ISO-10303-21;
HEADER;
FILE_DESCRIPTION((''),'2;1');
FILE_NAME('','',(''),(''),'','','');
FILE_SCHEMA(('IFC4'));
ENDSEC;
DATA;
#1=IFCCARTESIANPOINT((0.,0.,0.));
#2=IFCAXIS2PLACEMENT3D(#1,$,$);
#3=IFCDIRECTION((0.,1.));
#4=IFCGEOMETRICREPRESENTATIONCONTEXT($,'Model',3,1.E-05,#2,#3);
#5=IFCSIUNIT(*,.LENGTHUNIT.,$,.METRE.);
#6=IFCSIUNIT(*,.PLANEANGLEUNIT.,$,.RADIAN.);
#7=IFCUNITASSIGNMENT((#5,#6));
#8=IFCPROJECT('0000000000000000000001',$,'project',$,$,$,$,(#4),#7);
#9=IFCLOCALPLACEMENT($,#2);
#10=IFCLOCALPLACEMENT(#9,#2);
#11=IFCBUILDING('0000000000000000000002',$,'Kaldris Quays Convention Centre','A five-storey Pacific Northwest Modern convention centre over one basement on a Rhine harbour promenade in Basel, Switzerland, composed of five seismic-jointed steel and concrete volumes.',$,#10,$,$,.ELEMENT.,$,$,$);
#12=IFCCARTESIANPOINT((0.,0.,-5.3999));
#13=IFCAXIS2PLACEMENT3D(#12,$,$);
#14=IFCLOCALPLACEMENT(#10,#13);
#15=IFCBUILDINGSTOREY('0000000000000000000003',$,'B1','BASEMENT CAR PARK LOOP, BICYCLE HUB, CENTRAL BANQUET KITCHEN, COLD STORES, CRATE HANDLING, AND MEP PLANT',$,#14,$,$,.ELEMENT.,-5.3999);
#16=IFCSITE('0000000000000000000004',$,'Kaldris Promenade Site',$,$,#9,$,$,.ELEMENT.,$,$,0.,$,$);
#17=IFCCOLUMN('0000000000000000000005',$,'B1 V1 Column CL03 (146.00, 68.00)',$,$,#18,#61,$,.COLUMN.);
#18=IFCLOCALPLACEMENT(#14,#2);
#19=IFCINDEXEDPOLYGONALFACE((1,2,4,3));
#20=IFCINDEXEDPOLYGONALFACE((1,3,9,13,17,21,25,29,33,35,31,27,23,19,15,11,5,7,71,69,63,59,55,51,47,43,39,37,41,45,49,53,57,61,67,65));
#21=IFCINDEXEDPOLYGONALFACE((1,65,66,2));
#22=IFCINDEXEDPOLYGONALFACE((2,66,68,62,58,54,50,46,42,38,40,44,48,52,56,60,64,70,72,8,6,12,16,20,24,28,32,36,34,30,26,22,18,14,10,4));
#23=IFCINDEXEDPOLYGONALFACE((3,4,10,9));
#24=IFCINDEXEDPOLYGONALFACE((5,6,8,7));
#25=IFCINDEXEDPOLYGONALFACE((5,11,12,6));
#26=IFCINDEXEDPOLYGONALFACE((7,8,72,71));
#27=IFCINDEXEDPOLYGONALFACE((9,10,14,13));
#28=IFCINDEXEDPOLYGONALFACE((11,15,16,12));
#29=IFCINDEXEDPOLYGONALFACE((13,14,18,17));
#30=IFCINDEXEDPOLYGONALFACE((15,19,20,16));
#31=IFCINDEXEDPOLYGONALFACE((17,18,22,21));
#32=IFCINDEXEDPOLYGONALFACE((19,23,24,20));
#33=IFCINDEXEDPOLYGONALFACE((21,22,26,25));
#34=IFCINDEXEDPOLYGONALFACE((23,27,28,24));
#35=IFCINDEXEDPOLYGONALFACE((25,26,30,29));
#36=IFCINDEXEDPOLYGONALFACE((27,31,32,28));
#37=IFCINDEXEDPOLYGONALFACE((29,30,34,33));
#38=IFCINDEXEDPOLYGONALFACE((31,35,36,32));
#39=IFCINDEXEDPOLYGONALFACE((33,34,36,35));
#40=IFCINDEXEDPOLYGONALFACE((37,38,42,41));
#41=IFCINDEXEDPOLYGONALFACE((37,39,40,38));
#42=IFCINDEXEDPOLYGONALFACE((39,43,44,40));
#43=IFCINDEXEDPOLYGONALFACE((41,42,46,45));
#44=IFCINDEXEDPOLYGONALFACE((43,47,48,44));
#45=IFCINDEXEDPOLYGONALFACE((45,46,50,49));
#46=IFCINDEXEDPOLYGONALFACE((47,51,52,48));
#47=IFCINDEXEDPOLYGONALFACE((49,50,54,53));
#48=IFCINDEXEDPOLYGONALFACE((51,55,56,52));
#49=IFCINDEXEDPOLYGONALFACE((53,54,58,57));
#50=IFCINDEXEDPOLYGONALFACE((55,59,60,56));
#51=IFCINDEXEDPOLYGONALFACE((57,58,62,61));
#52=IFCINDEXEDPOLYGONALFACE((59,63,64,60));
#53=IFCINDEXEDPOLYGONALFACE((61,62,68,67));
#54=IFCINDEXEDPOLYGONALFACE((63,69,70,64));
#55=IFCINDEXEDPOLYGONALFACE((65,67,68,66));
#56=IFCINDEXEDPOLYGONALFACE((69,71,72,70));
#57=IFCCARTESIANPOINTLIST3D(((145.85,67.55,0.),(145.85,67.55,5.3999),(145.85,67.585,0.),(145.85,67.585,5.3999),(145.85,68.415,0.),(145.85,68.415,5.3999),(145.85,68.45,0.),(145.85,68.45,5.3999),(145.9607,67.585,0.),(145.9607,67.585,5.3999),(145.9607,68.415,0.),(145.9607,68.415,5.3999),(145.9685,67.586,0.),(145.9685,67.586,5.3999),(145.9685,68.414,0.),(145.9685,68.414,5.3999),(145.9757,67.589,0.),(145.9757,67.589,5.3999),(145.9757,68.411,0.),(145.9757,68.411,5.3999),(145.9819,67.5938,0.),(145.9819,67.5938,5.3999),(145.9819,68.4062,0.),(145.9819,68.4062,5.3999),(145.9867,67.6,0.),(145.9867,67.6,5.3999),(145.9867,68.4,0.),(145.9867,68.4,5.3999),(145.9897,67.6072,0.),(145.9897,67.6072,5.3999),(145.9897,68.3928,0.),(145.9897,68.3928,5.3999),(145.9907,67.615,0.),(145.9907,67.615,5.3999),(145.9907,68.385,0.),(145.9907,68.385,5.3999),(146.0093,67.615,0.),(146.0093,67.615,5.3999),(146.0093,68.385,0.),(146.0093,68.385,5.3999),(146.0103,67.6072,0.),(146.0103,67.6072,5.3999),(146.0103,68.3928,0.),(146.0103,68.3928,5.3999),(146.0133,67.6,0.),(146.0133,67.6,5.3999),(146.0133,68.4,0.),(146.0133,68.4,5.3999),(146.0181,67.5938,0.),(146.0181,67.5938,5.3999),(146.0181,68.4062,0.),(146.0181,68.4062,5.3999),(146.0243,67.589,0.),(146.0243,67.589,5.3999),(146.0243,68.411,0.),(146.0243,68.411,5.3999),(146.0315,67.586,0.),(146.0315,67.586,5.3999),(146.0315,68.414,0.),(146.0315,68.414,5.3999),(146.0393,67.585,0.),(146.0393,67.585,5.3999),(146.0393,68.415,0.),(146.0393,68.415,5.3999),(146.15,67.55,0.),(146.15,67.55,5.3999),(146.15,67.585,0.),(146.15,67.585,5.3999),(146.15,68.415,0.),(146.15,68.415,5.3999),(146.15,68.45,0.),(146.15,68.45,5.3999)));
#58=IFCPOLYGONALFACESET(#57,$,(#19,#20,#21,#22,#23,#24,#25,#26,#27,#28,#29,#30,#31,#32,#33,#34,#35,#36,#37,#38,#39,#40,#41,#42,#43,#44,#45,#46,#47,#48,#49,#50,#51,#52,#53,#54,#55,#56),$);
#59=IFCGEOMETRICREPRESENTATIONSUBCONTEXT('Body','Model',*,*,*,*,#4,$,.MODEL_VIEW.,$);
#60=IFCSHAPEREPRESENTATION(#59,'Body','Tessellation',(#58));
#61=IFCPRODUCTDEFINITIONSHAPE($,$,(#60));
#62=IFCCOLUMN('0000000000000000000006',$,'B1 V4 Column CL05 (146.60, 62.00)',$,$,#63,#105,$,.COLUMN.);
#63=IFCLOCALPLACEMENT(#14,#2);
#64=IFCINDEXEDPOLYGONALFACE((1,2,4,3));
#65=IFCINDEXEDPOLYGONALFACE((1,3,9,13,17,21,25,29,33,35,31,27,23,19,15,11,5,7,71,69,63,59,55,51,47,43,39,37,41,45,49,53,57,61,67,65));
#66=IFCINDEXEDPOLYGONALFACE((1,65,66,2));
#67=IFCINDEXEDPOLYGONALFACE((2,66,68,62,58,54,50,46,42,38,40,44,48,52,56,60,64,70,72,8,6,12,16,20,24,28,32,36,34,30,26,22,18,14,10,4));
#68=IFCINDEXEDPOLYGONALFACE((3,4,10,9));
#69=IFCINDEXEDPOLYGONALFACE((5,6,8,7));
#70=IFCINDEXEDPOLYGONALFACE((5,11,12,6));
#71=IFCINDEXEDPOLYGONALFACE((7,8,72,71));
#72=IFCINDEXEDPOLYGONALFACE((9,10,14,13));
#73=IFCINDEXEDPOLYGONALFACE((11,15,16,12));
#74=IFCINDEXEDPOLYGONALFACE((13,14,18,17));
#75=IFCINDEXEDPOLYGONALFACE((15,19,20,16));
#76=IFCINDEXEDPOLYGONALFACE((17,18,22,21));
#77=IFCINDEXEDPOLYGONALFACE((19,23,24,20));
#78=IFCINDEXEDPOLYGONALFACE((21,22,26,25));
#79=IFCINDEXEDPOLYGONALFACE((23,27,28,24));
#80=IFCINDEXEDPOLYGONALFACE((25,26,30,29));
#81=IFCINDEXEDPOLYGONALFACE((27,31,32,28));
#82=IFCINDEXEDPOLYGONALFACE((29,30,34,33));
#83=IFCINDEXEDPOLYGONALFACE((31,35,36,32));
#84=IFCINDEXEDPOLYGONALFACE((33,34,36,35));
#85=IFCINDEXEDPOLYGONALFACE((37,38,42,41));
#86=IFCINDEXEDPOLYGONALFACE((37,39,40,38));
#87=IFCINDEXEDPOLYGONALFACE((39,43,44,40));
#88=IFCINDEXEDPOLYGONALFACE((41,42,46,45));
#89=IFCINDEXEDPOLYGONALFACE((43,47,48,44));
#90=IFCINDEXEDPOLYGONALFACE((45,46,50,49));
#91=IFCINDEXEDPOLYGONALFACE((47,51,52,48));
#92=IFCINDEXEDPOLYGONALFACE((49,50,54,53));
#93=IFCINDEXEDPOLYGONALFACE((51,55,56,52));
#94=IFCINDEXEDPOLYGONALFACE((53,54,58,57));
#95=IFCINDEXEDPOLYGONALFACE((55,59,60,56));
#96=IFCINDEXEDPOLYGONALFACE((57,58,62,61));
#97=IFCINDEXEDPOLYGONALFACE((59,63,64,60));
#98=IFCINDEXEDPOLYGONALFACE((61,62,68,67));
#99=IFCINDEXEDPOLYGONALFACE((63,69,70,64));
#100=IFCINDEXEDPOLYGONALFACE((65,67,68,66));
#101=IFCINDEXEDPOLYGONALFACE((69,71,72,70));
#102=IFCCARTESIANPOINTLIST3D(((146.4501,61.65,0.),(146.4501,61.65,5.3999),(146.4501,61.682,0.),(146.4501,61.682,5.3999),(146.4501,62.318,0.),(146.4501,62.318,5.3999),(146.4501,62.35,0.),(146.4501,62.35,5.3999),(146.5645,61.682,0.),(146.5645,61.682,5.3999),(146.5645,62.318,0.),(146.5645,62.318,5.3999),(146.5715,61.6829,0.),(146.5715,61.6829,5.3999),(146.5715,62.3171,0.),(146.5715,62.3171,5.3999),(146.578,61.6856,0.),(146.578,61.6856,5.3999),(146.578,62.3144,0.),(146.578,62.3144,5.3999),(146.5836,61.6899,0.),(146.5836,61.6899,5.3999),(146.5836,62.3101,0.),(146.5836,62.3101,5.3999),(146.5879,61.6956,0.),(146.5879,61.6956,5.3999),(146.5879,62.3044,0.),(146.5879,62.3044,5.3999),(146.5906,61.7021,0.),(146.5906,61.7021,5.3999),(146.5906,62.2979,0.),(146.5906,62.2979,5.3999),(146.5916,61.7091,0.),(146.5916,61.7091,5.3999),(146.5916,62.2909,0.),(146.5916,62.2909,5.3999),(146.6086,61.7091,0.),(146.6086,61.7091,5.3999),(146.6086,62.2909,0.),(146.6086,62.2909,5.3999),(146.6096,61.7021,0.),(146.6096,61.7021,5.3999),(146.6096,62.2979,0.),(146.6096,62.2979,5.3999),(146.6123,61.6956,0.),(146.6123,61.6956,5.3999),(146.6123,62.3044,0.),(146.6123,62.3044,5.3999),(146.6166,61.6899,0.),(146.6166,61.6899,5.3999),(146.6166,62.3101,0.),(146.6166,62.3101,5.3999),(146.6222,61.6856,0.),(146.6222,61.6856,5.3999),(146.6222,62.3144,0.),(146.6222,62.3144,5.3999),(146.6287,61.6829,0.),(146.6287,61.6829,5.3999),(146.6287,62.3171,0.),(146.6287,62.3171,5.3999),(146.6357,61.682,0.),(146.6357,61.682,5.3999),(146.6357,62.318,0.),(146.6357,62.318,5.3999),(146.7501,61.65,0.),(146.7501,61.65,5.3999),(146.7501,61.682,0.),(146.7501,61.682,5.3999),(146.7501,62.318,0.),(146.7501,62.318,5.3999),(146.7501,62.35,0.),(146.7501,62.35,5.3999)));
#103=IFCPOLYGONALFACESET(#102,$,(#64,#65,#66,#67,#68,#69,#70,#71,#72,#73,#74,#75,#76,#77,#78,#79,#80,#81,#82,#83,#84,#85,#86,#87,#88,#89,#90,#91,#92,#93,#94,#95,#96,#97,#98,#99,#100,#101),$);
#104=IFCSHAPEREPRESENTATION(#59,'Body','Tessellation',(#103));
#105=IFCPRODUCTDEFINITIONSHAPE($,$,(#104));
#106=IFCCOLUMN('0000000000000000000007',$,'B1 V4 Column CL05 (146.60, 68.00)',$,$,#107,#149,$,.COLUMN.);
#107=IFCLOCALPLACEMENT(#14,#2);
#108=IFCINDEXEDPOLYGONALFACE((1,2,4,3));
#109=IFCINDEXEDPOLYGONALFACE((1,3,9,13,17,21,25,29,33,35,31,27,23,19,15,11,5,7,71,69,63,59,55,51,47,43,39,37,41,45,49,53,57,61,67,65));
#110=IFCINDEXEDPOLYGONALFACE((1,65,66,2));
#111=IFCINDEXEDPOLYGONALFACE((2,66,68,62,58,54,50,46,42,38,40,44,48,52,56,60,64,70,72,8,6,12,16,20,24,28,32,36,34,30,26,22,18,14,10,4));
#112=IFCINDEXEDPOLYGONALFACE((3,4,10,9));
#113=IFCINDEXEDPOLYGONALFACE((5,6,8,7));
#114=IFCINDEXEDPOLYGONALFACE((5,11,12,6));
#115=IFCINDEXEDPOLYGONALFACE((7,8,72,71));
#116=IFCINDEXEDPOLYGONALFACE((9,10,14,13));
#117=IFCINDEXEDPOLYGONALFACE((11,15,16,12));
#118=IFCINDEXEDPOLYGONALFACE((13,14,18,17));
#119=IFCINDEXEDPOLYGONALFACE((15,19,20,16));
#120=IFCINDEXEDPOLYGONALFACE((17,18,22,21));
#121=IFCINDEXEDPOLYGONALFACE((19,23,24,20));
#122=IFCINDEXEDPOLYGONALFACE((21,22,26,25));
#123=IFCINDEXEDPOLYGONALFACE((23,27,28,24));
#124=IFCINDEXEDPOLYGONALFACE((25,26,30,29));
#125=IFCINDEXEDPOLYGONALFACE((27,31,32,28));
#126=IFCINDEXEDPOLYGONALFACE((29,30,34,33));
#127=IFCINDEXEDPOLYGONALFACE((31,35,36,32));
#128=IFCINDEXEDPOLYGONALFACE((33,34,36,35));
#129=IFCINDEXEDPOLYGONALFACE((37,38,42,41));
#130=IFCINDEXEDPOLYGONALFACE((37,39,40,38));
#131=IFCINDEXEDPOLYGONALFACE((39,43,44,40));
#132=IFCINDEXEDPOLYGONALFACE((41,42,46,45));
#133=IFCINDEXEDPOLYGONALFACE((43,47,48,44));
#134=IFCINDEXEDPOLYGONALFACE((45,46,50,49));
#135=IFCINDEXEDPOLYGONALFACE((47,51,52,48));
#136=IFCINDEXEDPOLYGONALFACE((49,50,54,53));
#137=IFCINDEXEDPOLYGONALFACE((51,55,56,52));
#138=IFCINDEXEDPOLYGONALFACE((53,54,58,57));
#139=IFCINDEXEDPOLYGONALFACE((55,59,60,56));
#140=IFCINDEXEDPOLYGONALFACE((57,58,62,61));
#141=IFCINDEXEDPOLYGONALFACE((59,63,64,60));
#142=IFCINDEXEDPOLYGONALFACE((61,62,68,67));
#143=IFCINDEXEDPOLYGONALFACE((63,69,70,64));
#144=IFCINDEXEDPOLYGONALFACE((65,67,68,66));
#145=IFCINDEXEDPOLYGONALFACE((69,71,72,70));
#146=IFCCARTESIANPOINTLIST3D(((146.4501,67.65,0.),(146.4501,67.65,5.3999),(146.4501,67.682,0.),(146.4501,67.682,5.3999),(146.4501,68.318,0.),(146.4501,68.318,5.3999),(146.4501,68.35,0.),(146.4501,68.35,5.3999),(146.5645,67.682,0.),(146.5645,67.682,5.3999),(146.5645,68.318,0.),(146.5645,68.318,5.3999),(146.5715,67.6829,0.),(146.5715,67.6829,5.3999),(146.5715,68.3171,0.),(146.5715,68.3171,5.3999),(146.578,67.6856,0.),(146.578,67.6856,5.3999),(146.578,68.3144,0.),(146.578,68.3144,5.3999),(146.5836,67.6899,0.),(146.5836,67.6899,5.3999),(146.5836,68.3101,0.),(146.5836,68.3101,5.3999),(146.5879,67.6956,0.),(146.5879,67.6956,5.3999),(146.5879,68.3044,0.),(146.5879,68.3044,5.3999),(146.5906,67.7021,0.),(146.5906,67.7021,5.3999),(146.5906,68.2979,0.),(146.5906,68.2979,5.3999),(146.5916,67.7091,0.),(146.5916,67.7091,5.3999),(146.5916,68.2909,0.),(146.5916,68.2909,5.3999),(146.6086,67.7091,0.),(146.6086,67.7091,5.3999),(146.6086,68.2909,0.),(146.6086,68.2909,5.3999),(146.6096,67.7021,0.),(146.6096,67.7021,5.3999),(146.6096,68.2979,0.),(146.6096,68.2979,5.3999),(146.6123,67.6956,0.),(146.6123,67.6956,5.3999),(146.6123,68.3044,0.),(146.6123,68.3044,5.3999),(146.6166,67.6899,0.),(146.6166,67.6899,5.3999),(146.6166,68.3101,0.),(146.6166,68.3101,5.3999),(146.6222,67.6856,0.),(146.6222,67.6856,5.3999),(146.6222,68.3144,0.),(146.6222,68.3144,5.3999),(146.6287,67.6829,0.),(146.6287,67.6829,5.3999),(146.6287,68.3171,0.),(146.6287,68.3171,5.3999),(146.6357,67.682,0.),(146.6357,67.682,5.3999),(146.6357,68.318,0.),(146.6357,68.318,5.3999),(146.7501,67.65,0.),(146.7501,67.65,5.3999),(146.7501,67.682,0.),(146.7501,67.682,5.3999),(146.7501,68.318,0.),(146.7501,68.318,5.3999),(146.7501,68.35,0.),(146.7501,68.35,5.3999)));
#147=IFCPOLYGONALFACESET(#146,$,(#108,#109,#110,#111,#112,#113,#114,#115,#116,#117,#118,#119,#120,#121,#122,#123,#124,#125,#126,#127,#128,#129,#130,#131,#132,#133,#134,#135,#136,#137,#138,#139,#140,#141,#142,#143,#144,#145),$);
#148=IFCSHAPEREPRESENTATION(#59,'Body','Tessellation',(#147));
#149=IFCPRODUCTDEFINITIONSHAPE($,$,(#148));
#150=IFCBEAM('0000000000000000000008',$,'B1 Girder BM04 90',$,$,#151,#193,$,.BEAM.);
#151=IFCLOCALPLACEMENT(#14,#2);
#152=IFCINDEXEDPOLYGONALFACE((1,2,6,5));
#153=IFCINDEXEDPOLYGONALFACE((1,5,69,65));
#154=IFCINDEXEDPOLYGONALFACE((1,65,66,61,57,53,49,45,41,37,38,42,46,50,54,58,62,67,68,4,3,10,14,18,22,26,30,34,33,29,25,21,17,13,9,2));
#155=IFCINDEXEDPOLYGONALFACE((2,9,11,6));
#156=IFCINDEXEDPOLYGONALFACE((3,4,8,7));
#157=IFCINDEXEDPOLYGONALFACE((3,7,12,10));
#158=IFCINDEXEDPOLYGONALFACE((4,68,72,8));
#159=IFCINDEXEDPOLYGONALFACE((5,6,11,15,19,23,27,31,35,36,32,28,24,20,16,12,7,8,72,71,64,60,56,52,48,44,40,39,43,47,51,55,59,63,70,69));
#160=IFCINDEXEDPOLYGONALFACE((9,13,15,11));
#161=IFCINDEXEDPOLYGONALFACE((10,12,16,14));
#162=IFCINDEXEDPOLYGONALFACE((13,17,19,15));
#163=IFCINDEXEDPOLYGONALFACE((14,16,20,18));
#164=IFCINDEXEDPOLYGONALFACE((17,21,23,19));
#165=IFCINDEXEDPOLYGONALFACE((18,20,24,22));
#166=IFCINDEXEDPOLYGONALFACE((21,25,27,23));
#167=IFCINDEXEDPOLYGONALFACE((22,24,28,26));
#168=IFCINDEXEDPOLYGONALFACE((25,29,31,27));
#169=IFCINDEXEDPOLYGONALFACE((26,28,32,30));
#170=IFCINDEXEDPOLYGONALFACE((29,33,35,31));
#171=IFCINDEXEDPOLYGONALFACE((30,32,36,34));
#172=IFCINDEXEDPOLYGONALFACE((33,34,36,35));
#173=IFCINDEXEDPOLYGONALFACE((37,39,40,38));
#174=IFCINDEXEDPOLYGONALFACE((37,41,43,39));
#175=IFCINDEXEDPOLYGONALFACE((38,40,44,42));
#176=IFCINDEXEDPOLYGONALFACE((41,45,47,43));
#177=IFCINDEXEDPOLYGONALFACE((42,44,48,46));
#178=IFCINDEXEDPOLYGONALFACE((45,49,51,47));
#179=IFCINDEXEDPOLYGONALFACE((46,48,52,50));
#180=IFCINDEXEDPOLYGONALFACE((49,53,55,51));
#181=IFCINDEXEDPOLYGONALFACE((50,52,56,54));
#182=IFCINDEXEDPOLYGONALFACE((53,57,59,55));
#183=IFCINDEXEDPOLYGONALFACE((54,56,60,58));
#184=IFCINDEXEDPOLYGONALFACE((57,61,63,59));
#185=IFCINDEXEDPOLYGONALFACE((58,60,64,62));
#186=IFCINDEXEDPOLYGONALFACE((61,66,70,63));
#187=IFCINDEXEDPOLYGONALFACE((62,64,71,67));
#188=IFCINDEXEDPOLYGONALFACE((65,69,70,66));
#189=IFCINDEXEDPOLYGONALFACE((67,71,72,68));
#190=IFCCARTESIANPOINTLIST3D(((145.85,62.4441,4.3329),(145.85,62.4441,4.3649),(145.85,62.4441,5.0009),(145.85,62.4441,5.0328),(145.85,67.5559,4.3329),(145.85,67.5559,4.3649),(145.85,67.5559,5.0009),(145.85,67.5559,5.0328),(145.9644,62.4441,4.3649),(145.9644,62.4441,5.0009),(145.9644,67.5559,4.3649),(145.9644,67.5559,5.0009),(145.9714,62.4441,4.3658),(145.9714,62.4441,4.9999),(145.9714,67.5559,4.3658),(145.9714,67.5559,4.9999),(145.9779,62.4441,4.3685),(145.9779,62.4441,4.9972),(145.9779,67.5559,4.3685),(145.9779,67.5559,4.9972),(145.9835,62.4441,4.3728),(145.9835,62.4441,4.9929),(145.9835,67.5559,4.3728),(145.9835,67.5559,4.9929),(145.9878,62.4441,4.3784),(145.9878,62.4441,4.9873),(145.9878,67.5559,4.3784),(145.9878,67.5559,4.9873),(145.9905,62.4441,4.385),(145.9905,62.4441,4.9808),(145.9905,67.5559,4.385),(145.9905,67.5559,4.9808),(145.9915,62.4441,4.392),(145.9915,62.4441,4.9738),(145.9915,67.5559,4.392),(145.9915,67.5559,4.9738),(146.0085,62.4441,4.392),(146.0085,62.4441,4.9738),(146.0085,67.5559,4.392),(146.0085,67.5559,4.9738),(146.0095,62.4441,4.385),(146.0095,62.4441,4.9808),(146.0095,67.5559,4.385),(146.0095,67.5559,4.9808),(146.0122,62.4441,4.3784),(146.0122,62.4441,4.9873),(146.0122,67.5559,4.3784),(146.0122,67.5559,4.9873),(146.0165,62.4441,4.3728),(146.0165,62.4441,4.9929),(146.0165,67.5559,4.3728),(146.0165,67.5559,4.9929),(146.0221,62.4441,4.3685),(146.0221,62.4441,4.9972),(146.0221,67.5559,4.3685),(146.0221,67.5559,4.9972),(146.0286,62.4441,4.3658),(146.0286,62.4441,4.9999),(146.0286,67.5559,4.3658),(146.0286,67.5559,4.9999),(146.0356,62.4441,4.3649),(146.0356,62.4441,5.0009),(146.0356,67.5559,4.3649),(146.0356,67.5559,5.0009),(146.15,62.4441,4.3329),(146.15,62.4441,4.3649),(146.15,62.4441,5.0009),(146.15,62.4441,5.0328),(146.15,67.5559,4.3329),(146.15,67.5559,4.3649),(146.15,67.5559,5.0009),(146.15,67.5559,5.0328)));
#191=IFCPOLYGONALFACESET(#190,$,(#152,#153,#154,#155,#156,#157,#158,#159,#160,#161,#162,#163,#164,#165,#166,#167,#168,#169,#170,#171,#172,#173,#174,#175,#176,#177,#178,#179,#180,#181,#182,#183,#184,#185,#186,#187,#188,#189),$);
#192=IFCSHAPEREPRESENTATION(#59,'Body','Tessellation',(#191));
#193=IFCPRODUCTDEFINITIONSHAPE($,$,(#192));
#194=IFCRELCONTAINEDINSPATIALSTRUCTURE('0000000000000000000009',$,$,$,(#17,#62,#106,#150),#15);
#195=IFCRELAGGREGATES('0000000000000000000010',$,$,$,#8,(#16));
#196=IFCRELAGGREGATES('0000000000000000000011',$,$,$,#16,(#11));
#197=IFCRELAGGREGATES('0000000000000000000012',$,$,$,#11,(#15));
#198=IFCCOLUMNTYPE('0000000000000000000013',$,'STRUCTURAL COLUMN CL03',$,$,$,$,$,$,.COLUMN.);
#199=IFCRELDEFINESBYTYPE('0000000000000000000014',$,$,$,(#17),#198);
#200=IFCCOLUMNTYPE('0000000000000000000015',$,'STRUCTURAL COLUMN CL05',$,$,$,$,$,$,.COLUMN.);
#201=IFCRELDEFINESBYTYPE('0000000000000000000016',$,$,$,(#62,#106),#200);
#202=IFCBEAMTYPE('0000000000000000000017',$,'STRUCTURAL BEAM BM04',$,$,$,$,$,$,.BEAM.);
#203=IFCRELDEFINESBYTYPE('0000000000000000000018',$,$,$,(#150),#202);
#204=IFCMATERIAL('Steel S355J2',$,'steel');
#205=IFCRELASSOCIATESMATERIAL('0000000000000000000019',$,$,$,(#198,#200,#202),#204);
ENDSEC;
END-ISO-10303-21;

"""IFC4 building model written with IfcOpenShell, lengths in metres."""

from ifc_helpers import new_model, si_unit, direction, frame, origin, origin_2d, place, context, subcontext, project, spatial, i_section, extrude, material, material_profile, profile_set, type_object, element, save


model = new_model("IFC4")

# Units and contexts
model_context = context("Model", 3, precision=1e-05, world=origin(), true_north=direction((0.0, 1.0)))
body_context = subcontext(model_context, "Body", "Model", "MODEL_VIEW")
ifc_project = project(units=[si_unit("LENGTHUNIT", "METRE"), si_unit("PLANEANGLEUNIT", "RADIAN")], contexts=[model_context])

# Site, building, storey
site_placement = place(None, origin())
site = spatial("IfcSite", under=ifc_project, at=site_placement, Name="Kaldris Promenade Site", CompositionType="ELEMENT", RefElevation=0.0)
building_placement = place(site_placement, origin())
building = spatial("IfcBuilding", under=site, at=building_placement, Name="Kaldris Quays Convention Centre", Description="A five-storey Pacific Northwest Modern convention centre over one basement on a Rhine harbour promenade in Basel, Switzerland, composed of five seismic-jointed steel and concrete volumes.", CompositionType="ELEMENT")
storey_placement = place(building_placement, frame((0.0, 0.0, -5.3999)))
storey = spatial("IfcBuildingStorey", under=building, at=storey_placement, Name="B1", Description="BASEMENT CAR PARK LOOP, BICYCLE HUB, CENTRAL BANQUET KITCHEN, COLD STORES, CRATE HANDLING, AND MEP PLANT", CompositionType="ELEMENT", Elevation=-5.3999)

# Columns
ifc_material_1 = material(Name="Steel S355J2", Category="steel")
ifc_material_profile_1 = material_profile(ifc_material_1, i_section(OverallWidth=0.3, OverallDepth=0.8999, WebThickness=0.0186, FlangeThickness=0.0349, FilletRadius=0.03, at=origin_2d()), Name="HEB 900")
ifc_profile_set_1 = profile_set([ifc_material_profile_1], Name="Steel S355J2")
column_type_1 = type_object("IfcColumnType", Name="STRUCTURAL COLUMN CL03", PredefinedType="COLUMN", material=ifc_profile_set_1)
for number, where, z_axis, x_axis, name in (
    (1, (146.0, 68.0, 0.0), (0.0, 0.0, 1.0), (1.0, 0.0, 0.0), "B1 V1 Column CL03 (146.00, 68.00)"),
):
    element("IfcColumn", number, at=place(storey_placement, frame(where, z_axis=z_axis, x_axis=x_axis)), inside=storey, type_object=column_type_1, Name=name, PredefinedType="COLUMN", context=body_context, shape_type="SweptSolid", body=[
        extrude(i_section(OverallWidth=0.3, OverallDepth=0.8999, WebThickness=0.0186, FlangeThickness=0.0349, FilletRadius=0.03, at=origin_2d()), origin(), (0.0, 0.0, 1.0), 5.3999),
    ])
ifc_material_profile_2 = material_profile(ifc_material_1, i_section(OverallWidth=0.3, OverallDepth=0.7, WebThickness=0.0171, FlangeThickness=0.032, FilletRadius=0.0271, at=origin_2d()), Name="HEB 700")
ifc_profile_set_2 = profile_set([ifc_material_profile_2], Name="Steel S355J2")
column_type_2 = type_object("IfcColumnType", Name="STRUCTURAL COLUMN CL05", PredefinedType="COLUMN", material=ifc_profile_set_2)
for number, where, z_axis, x_axis, name in (
    (2, (146.6001, 62.0, 0.0), (0.0, 0.0, 1.0), (1.0, 0.0, 0.0), "B1 V4 Column CL05 (146.60, 62.00)"),
    (3, (146.6001, 68.0, 0.0), (0.0, 0.0, 1.0), (1.0, 0.0, 0.0), "B1 V4 Column CL05 (146.60, 68.00)"),
):
    element("IfcColumn", number, at=place(storey_placement, frame(where, z_axis=z_axis, x_axis=x_axis)), inside=storey, type_object=column_type_2, Name=name, PredefinedType="COLUMN", context=body_context, shape_type="SweptSolid", body=[
        extrude(i_section(OverallWidth=0.3, OverallDepth=0.7, WebThickness=0.0171, FlangeThickness=0.032, FilletRadius=0.0271, at=origin_2d()), origin(), (0.0, 0.0, 1.0), 5.3999),
    ])

# Beam
ifc_material_profile_3 = material_profile(ifc_material_1, i_section(OverallWidth=0.3, OverallDepth=0.7, WebThickness=0.0171, FlangeThickness=0.032, FilletRadius=0.0271, at=origin_2d()), Name="HEB 700")
ifc_profile_set_3 = profile_set([ifc_material_profile_3], Name="Steel S355J2")
beam_type_1 = type_object("IfcBeamType", Name="STRUCTURAL BEAM BM04", PredefinedType="BEAM", material=ifc_profile_set_3)
for number, where, z_axis, x_axis, name in (
    (4, (146.0, 62.4441, 4.6829), (0.0, 1.0, 0.0), (-1.0, 0.0, 0.0), "B1 Girder BM04 90"),
):
    element("IfcBeam", number, at=place(storey_placement, frame(where, z_axis=z_axis, x_axis=x_axis)), inside=storey, type_object=beam_type_1, Name=name, PredefinedType="BEAM", context=body_context, shape_type="SweptSolid", body=[
        extrude(i_section(OverallWidth=0.3, OverallDepth=0.7, WebThickness=0.0171, FlangeThickness=0.032, FilletRadius=0.0271, at=origin_2d()), origin(), (0.0, 0.0, 1.0), 5.1118),
    ])

save(model, "model.ifc")
